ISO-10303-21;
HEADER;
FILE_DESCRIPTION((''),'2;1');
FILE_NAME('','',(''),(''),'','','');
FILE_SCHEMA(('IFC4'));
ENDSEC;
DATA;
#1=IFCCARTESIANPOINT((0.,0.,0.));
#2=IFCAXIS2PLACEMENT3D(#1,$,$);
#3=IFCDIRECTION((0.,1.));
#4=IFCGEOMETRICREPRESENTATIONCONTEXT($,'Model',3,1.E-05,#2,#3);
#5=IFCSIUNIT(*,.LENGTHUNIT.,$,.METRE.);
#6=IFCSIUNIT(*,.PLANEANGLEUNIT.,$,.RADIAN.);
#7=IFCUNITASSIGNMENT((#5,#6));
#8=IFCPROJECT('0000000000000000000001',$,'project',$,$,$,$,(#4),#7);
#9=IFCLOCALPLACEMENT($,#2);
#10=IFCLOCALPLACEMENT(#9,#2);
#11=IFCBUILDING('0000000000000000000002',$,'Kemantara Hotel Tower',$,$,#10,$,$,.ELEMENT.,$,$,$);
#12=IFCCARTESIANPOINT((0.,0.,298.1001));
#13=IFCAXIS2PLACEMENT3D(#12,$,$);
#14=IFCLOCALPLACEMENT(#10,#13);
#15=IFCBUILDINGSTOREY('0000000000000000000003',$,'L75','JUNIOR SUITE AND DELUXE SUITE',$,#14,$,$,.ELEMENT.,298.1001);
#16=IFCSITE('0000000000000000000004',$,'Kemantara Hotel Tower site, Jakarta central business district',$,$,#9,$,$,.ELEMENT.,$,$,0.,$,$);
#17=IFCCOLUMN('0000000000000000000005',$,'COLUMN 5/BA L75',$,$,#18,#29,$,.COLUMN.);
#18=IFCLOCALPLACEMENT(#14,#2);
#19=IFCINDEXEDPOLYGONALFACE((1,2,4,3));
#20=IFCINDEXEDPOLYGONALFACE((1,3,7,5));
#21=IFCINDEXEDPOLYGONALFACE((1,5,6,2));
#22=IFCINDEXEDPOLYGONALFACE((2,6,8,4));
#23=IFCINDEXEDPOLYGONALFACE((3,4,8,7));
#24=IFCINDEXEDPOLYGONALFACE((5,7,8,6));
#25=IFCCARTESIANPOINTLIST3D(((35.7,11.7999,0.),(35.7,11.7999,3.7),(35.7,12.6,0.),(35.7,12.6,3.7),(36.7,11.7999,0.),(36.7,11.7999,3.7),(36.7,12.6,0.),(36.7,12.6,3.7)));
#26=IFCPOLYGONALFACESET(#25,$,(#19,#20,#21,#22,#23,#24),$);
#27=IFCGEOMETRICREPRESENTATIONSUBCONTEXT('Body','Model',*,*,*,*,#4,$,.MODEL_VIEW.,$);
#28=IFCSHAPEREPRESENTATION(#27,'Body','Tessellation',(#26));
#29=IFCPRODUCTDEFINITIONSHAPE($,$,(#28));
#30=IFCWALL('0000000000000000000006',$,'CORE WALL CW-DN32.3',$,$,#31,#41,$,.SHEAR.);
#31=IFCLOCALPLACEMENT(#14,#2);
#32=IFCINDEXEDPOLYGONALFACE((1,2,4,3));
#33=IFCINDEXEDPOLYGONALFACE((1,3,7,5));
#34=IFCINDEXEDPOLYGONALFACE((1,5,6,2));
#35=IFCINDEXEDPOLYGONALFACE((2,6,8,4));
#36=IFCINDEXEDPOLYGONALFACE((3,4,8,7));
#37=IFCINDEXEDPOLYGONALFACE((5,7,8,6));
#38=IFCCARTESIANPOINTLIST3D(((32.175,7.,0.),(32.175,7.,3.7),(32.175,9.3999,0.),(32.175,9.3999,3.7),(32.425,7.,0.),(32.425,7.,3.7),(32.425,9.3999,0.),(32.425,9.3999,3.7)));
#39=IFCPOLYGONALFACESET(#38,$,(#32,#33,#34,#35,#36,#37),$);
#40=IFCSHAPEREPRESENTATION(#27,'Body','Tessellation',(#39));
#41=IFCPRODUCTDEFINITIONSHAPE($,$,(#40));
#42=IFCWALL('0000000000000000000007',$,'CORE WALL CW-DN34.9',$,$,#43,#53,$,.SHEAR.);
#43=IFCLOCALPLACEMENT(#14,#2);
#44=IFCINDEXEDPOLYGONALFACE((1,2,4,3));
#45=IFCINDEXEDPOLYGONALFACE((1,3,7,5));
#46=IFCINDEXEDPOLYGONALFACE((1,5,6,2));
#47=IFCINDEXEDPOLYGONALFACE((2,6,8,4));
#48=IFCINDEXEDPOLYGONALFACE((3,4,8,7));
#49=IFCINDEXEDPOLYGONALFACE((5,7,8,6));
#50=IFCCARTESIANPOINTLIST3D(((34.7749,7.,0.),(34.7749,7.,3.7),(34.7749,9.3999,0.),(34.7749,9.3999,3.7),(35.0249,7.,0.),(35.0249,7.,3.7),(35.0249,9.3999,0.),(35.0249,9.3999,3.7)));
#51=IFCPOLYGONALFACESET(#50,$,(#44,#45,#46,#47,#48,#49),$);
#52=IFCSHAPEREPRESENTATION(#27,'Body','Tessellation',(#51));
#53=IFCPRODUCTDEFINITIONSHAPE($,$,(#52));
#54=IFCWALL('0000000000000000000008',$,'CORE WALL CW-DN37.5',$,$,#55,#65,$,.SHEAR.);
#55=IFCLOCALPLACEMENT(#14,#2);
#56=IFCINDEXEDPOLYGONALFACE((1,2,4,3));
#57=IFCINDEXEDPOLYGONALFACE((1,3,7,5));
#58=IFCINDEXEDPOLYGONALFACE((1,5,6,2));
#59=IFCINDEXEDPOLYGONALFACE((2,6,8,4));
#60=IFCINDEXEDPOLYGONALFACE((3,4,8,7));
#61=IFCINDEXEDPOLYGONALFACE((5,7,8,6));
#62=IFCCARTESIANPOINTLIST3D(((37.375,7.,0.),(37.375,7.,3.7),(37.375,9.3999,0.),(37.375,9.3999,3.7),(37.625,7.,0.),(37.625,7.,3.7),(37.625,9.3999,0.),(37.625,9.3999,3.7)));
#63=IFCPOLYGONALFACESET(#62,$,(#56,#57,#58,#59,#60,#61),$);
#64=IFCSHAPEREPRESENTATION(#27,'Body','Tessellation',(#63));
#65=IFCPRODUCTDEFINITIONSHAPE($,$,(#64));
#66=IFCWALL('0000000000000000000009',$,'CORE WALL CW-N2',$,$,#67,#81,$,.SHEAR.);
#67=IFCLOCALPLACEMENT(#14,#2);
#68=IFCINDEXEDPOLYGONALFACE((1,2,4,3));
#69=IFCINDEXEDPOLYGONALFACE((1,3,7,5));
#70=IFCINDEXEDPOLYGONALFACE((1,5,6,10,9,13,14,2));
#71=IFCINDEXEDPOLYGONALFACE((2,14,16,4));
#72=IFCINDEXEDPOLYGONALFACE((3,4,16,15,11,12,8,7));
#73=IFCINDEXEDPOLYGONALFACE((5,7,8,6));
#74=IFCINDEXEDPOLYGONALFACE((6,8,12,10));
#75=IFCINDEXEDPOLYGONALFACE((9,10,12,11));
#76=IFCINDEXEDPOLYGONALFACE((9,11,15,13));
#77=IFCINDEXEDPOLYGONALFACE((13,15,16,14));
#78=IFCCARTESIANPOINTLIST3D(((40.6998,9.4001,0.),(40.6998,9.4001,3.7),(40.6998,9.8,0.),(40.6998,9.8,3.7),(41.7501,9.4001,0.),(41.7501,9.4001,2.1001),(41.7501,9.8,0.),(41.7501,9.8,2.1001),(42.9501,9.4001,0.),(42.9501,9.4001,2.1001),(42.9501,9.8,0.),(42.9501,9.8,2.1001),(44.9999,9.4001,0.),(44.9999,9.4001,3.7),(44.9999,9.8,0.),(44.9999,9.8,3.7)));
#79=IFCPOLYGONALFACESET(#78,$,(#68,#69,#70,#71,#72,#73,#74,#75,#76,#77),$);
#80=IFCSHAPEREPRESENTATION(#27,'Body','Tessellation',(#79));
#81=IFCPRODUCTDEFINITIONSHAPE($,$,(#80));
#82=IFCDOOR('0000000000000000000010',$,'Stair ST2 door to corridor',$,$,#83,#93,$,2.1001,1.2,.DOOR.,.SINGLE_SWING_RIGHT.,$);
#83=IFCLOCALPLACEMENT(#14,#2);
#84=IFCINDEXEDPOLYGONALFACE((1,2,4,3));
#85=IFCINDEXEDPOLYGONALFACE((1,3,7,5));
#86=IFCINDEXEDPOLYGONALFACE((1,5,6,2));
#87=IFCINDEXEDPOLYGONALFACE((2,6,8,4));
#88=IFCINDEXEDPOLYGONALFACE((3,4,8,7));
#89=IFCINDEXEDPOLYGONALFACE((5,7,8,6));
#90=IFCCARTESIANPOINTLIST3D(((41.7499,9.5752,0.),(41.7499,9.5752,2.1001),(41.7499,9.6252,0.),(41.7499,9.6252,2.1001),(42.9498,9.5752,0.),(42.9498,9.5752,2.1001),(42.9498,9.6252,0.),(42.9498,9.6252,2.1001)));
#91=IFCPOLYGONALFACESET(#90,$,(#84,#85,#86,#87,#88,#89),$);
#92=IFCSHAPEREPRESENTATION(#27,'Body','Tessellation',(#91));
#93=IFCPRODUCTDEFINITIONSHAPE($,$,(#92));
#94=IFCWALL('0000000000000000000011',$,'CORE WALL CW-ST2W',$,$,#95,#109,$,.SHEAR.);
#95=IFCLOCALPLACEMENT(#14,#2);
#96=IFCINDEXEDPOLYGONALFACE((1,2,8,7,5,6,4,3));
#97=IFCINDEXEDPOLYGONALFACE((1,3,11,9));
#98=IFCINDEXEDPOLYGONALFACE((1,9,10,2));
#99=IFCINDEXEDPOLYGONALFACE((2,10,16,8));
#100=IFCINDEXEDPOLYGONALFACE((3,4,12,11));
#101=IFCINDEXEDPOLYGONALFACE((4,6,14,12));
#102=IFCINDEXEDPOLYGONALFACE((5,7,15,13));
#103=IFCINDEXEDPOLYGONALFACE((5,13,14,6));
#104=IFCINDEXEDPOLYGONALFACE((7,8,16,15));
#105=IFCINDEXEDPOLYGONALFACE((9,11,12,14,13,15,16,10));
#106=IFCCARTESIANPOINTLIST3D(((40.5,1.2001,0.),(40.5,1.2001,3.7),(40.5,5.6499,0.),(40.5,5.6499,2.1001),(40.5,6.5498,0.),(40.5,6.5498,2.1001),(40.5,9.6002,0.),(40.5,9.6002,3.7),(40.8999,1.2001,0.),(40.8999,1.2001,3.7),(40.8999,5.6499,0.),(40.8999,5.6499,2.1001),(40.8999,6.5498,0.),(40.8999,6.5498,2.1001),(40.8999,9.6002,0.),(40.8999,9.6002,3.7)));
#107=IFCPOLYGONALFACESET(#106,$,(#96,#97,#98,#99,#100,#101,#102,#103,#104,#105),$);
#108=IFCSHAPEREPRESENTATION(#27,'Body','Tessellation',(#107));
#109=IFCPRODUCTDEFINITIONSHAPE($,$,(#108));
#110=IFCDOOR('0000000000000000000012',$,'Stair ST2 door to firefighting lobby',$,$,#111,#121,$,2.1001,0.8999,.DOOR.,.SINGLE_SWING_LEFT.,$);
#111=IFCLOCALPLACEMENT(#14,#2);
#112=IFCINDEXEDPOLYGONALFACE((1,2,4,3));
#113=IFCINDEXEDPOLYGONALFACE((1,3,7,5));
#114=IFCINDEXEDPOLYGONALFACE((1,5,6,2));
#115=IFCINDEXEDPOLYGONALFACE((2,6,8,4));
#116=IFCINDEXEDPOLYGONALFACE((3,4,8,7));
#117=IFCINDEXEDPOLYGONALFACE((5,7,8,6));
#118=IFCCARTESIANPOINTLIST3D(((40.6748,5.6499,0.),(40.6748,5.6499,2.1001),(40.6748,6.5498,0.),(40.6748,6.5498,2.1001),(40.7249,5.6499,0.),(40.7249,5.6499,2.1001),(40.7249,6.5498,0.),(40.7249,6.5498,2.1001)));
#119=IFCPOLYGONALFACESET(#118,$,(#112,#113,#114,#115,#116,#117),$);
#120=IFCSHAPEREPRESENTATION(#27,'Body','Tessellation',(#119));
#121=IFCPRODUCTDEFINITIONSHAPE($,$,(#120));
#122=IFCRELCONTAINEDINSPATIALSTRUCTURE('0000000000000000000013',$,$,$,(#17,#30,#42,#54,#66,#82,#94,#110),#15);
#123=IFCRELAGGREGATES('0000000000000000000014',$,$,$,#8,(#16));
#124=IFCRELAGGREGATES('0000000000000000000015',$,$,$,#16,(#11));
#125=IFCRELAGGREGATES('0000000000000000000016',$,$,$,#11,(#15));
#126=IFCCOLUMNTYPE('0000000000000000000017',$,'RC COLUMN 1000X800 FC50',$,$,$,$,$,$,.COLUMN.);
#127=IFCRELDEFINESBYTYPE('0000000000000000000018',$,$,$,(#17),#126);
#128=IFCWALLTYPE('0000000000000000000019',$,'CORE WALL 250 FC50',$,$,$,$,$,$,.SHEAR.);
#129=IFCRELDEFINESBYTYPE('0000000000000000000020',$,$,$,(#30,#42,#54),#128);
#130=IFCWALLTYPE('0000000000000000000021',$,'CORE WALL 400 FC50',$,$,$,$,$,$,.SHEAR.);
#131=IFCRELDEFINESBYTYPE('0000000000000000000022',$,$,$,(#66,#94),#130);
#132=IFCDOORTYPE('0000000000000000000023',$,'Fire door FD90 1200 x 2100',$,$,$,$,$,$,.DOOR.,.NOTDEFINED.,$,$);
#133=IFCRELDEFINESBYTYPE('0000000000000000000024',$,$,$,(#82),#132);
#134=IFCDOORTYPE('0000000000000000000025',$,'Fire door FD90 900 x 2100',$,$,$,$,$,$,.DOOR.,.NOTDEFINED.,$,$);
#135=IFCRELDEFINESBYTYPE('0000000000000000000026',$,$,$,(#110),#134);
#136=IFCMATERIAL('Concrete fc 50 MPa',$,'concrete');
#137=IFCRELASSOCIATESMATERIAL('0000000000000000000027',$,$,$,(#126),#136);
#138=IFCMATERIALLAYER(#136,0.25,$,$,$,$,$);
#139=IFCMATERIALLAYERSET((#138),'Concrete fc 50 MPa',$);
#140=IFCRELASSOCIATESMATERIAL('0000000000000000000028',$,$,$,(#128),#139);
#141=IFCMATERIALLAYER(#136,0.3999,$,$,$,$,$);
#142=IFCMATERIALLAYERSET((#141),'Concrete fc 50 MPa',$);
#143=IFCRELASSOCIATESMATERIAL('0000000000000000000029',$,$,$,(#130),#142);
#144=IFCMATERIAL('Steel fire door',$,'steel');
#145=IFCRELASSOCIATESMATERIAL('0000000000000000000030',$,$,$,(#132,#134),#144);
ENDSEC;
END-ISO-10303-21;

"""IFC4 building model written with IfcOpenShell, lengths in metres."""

from ifc_helpers import new_model, si_unit, direction, frame, frame_2d, origin, origin_2d, place, context, subcontext, project, spatial, rectangle, extrude, material, layer, layer_set, material_profile, profile_set, type_object, element, fill, save


model = new_model("IFC4")

# Units and contexts
model_context = context("Model", 3, precision=1e-05, world=origin(), true_north=direction((0.0, 1.0)))
body_context = subcontext(model_context, "Body", "Model", "MODEL_VIEW")
ifc_project = project(units=[si_unit("LENGTHUNIT", "METRE"), si_unit("PLANEANGLEUNIT", "RADIAN")], contexts=[model_context])

# Site, building, storey
site_placement = place(None, origin())
site = spatial("IfcSite", under=ifc_project, at=site_placement, Name="Kemantara Hotel Tower site, Jakarta central business district", CompositionType="ELEMENT", RefElevation=0.0)
building_placement = place(site_placement, origin())
building = spatial("IfcBuilding", under=site, at=building_placement, Name="Kemantara Hotel Tower", CompositionType="ELEMENT")
storey_placement = place(building_placement, frame((0.0, 0.0, 298.1001)))
storey = spatial("IfcBuildingStorey", under=building, at=storey_placement, Name="L75", Description="JUNIOR SUITE AND DELUXE SUITE", CompositionType="ELEMENT", Elevation=298.1001)

# Column
ifc_material_1 = material(Name="Concrete fc 50 MPa", Category="concrete")
ifc_material_profile = material_profile(ifc_material_1, rectangle(XDim=1.0, YDim=0.8, at=origin_2d()), Name="RC 1000X800")
ifc_profile_set = profile_set([ifc_material_profile], Name="Concrete fc 50 MPa")
column_type = type_object("IfcColumnType", Name="RC COLUMN 1000X800 FC50", PredefinedType="COLUMN", material=ifc_profile_set)
column_placement = place(storey_placement, frame((36.2, 12.2, 0.0), z_axis=(0.0, 0.0, 1.0), x_axis=(1.0, 0.0, 0.0)))
element("IfcColumn", 1, at=column_placement, inside=storey, type_object=column_type, Name="COLUMN 5/BA L75", PredefinedType="COLUMN", context=body_context, shape_type="SweptSolid", body=[
    extrude(rectangle(XDim=1.0, YDim=0.8, at=origin_2d()), origin(), (0.0, 0.0, 1.0), 3.7),
])

# Walls
ifc_layer_1 = layer(ifc_material_1, 0.25)
ifc_layer_set_1 = layer_set([ifc_layer_1], Name="Concrete fc 50 MPa")
wall_type_1 = type_object("IfcWallType", Name="CORE WALL 250 FC50", PredefinedType="SHEAR", material=ifc_layer_set_1)
for number, where, z_axis, x_axis, name in (
    (2, (32.3, 7.0, 0.0), (0.0, 0.0, 1.0), (0.0, 1.0, 0.0), "CORE WALL CW-DN32.3"),
    (3, (34.8999, 7.0, 0.0), (0.0, 0.0, 1.0), (0.0, 1.0, 0.0), "CORE WALL CW-DN34.9"),
    (4, (37.5, 7.0, 0.0), (0.0, 0.0, 1.0), (0.0, 1.0, 0.0), "CORE WALL CW-DN37.5"),
):
    element("IfcWall", number, at=place(storey_placement, frame(where, z_axis=z_axis, x_axis=x_axis)), inside=storey, type_object=wall_type_1, Name=name, PredefinedType="SHEAR", context=body_context, shape_type="SweptSolid", body=[
        extrude(rectangle(XDim=2.3999, YDim=0.25, at=frame_2d((1.2, 0.0))), origin(), (0.0, 0.0, 1.0), 3.7),
    ])

# Walls, openings, doors
ifc_layer_2 = layer(ifc_material_1, 0.3999)
ifc_layer_set_2 = layer_set([ifc_layer_2], Name="Concrete fc 50 MPa")
wall_type_2 = type_object("IfcWallType", Name="CORE WALL 400 FC50", PredefinedType="SHEAR", material=ifc_layer_set_2)
wall_1_placement = place(storey_placement, frame((40.7, 9.6001, 0.0), z_axis=(0.0, 0.0, 1.0), x_axis=(1.0, 0.0, 0.0)))
wall_1 = element("IfcWall", 5, at=wall_1_placement, inside=storey, type_object=wall_type_2, Name="CORE WALL CW-N2", PredefinedType="SHEAR", context=body_context, shape_type="SweptSolid", body=[
    extrude(rectangle(XDim=4.3, YDim=0.3999, at=frame_2d((2.1499, 0.0))), origin(), (0.0, 0.0, 1.0), 3.7),
])
opening_1_placement = place(wall_1_placement, frame((1.05, 0.0, 0.0)))
opening_1 = element("IfcOpeningElement", 6, at=opening_1_placement, cuts=wall_1, PredefinedType="OPENING", context=body_context, shape_type="SweptSolid", body=[
    extrude(rectangle(XDim=1.2, YDim=2.1001, at=frame_2d((0.6001, 1.05))), frame((0.0, 0.21, 0.0), z_axis=(0.0, -1.0, 0.0), x_axis=(1.0, 0.0, 0.0)), (0.0, 0.0, 1.0), 0.4199),
])
ifc_material_2 = material(Name="Steel fire door", Category="steel")
door_type_1 = type_object("IfcDoorType", Name="Fire door FD90 1200 x 2100", OperationType="NOTDEFINED", PredefinedType="DOOR", material=ifc_material_2)
door_1_placement = place(opening_1_placement, frame((1.2, 0.0, 0.0), z_axis=(0.0, 0.0, 1.0), x_axis=(-1.0, 0.0, 0.0)))
door_1 = element("IfcDoor", 7, at=door_1_placement, inside=storey, type_object=door_type_1, Name="Stair ST2 door to corridor", OperationType="SINGLE_SWING_RIGHT", OverallHeight=2.1001, OverallWidth=1.2, PredefinedType="DOOR", context=body_context, shape_type="SweptSolid", body=[
    extrude(rectangle(XDim=1.2, YDim=2.1001, at=frame_2d((0.6001, 1.05))), frame((0.0, 0.0249, 0.0), z_axis=(0.0, -1.0, 0.0), x_axis=(1.0, 0.0, 0.0)), (0.0, 0.0, 1.0), 0.05),
])
fill(opening_1, door_1)
wall_2_placement = place(storey_placement, frame((40.7, 1.2, 0.0), z_axis=(0.0, 0.0, 1.0), x_axis=(0.0, 1.0, 0.0)))
wall_2 = element("IfcWall", 8, at=wall_2_placement, inside=storey, type_object=wall_type_2, Name="CORE WALL CW-ST2W", PredefinedType="SHEAR", context=body_context, shape_type="SweptSolid", body=[
    extrude(rectangle(XDim=8.4001, YDim=0.3999, at=frame_2d((4.2002, 0.0))), origin(), (0.0, 0.0, 1.0), 3.7),
])
opening_2_placement = place(wall_2_placement, frame((4.45, 0.0, 0.0)))
opening_2 = element("IfcOpeningElement", 9, at=opening_2_placement, cuts=wall_2, PredefinedType="OPENING", context=body_context, shape_type="SweptSolid", body=[
    extrude(rectangle(XDim=0.8999, YDim=2.1001, at=frame_2d((0.45, 1.05))), frame((0.0, 0.21, 0.0), z_axis=(0.0, -1.0, 0.0), x_axis=(1.0, 0.0, 0.0)), (0.0, 0.0, 1.0), 0.4199),
])
door_type_2 = type_object("IfcDoorType", Name="Fire door FD90 900 x 2100", OperationType="NOTDEFINED", PredefinedType="DOOR", material=ifc_material_2)
door_2_placement = place(opening_2_placement, frame((0.8999, 0.0, 0.0), z_axis=(0.0, 0.0, 1.0), x_axis=(-1.0, 0.0, 0.0)))
door_2 = element("IfcDoor", 10, at=door_2_placement, inside=storey, type_object=door_type_2, Name="Stair ST2 door to firefighting lobby", OperationType="SINGLE_SWING_LEFT", OverallHeight=2.1001, OverallWidth=0.8999, PredefinedType="DOOR", context=body_context, shape_type="SweptSolid", body=[
    extrude(rectangle(XDim=0.8999, YDim=2.1001, at=frame_2d((0.45, 1.05))), frame((0.0, 0.0249, 0.0), z_axis=(0.0, -1.0, 0.0), x_axis=(1.0, 0.0, 0.0)), (0.0, 0.0, 1.0), 0.05),
])
fill(opening_2, door_2)

save(model, "model.ifc")
